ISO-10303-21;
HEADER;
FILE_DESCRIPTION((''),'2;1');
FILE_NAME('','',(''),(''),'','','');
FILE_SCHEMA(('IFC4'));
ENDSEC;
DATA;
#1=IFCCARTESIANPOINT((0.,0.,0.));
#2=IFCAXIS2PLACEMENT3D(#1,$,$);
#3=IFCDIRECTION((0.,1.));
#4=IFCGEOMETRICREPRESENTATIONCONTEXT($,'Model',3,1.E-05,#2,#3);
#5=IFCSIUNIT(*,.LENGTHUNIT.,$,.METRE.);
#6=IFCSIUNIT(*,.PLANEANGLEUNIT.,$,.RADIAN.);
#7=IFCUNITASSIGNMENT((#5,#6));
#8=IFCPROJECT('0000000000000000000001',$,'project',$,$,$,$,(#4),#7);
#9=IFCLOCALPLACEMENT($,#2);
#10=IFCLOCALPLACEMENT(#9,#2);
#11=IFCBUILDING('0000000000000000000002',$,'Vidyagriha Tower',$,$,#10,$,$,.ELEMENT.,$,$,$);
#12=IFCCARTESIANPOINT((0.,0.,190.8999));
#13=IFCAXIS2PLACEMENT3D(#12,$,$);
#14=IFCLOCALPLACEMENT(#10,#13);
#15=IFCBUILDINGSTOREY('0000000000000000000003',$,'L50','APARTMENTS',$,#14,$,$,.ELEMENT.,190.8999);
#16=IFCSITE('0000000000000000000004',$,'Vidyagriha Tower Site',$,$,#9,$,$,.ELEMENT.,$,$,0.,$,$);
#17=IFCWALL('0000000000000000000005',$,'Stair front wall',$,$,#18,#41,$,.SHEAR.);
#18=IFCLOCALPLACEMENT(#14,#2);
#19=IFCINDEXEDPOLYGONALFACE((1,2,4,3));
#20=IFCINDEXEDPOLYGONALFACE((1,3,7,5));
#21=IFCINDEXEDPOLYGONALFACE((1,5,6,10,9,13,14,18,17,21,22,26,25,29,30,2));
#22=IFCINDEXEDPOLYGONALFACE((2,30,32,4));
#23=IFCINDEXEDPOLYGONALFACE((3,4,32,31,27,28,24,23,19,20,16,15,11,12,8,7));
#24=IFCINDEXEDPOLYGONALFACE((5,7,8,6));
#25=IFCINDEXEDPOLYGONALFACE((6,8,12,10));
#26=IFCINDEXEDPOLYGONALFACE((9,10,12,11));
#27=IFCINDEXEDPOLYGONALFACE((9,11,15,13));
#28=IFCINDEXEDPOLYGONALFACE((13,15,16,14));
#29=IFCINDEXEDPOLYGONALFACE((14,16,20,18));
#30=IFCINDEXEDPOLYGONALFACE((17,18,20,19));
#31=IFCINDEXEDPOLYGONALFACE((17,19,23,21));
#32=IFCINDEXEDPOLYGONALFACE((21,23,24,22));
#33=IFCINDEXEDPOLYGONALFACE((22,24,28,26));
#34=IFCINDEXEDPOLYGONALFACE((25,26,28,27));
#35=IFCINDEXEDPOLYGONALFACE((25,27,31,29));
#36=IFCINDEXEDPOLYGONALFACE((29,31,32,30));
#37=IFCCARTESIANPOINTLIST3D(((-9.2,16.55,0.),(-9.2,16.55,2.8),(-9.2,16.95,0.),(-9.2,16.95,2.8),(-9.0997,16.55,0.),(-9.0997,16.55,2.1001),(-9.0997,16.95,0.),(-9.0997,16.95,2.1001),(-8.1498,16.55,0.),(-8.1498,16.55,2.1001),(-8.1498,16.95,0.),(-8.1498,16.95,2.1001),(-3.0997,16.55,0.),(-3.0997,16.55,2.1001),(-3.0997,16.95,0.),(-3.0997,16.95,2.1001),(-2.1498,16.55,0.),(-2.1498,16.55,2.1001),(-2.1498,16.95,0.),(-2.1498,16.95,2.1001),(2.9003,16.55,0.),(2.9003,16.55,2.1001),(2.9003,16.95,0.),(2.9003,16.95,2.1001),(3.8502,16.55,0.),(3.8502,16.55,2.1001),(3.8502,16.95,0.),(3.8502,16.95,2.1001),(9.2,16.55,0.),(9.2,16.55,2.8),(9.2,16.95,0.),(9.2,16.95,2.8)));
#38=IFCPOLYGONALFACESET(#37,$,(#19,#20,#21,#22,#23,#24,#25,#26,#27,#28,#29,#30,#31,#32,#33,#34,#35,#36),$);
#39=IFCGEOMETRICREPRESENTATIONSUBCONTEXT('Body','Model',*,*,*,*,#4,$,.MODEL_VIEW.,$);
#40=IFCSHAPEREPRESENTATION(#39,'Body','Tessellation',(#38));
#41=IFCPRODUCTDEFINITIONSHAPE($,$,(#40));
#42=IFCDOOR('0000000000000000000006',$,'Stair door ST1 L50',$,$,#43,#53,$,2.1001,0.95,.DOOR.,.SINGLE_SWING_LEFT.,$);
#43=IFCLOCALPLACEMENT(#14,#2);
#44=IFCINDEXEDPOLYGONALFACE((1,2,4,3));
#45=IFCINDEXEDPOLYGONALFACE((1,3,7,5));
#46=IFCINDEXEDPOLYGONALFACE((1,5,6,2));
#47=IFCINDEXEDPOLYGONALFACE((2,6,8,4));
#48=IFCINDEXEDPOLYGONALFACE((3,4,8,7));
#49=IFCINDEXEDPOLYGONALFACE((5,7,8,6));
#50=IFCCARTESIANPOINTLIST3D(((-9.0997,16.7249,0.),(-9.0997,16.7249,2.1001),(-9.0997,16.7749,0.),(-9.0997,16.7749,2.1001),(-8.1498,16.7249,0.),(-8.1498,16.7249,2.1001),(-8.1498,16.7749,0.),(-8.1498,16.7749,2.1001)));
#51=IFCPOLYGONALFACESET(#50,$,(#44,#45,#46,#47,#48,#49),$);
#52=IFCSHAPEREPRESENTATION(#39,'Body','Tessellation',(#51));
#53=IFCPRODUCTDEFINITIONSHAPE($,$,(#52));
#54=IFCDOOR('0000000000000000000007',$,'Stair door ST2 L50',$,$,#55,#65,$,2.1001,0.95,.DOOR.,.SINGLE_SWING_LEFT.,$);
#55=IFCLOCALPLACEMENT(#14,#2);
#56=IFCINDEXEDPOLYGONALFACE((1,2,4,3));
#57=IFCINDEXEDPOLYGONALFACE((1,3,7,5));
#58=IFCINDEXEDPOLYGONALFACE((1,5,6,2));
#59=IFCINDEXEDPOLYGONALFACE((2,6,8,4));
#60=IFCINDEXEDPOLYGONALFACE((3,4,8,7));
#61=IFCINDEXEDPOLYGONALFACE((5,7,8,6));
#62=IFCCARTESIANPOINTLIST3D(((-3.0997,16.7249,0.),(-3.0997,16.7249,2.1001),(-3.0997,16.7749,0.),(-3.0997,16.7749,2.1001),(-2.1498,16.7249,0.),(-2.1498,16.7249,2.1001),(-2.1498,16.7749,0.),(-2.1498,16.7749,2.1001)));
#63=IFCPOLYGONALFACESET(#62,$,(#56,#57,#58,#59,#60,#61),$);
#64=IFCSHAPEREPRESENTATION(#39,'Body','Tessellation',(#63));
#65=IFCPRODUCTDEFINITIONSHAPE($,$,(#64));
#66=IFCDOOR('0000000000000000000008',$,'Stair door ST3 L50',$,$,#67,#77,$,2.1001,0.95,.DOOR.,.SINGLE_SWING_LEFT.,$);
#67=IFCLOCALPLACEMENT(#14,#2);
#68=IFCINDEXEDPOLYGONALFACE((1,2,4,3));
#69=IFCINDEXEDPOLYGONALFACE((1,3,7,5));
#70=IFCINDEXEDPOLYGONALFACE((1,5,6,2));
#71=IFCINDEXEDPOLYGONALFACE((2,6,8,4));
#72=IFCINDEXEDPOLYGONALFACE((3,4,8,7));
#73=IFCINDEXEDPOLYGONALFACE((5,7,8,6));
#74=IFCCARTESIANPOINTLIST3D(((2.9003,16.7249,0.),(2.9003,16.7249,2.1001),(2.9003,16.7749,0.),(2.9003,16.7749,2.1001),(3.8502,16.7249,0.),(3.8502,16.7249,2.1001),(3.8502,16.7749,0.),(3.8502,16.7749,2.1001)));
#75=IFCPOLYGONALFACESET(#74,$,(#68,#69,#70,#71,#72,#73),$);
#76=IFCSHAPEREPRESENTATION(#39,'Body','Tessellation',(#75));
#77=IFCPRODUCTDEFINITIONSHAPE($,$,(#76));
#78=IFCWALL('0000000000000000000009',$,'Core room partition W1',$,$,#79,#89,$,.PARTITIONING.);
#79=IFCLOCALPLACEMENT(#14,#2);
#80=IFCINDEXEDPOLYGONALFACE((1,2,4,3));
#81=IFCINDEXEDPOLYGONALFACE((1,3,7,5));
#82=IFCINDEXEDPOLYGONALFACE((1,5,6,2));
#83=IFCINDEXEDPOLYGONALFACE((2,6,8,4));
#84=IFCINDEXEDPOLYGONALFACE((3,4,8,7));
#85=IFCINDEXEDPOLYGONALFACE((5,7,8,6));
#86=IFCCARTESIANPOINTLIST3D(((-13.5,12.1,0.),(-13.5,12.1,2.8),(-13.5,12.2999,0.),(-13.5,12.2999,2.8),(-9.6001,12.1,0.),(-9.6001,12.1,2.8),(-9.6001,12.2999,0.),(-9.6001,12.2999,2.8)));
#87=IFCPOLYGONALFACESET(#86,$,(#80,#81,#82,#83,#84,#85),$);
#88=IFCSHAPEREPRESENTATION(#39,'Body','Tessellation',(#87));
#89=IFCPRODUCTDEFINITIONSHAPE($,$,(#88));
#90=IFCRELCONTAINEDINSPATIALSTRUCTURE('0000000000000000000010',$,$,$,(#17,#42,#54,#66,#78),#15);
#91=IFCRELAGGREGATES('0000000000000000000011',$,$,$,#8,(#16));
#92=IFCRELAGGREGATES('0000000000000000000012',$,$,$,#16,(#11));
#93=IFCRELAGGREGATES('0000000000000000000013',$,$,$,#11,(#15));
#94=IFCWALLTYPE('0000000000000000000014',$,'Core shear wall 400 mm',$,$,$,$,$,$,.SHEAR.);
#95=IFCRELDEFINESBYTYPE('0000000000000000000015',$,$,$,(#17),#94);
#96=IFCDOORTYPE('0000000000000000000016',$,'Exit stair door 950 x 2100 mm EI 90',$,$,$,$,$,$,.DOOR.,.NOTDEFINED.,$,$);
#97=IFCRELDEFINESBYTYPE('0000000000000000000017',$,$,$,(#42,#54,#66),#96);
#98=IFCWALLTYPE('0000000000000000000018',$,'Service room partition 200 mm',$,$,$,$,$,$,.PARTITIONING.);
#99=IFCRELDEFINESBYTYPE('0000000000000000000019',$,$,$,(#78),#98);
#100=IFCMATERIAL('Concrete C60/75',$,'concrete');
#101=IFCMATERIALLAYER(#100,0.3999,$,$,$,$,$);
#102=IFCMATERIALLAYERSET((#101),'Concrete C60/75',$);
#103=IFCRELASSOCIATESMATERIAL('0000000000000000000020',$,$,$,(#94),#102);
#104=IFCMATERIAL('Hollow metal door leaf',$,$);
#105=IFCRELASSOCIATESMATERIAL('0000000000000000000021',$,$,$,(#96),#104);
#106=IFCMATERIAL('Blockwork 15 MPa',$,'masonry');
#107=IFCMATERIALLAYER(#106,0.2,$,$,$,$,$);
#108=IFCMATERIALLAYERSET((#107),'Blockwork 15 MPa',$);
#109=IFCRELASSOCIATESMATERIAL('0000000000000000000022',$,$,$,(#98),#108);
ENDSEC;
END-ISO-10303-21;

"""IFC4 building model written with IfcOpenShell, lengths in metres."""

from ifc_helpers import new_model, si_unit, direction, frame, frame_2d, origin, place, context, subcontext, project, spatial, rectangle, extrude, material, layer, layer_set, type_object, element, fill, save


model = new_model("IFC4")

# Units and contexts
model_context = context("Model", 3, precision=1e-05, world=origin(), true_north=direction((0.0, 1.0)))
body_context = subcontext(model_context, "Body", "Model", "MODEL_VIEW")
ifc_project = project(units=[si_unit("LENGTHUNIT", "METRE"), si_unit("PLANEANGLEUNIT", "RADIAN")], contexts=[model_context])

# Site, building, storey
site_placement = place(None, origin())
site = spatial("IfcSite", under=ifc_project, at=site_placement, Name="Vidyagriha Tower Site", CompositionType="ELEMENT", RefElevation=0.0)
building_placement = place(site_placement, origin())
building = spatial("IfcBuilding", under=site, at=building_placement, Name="Vidyagriha Tower", CompositionType="ELEMENT")
storey_placement = place(building_placement, frame((0.0, 0.0, 190.8999)))
storey = spatial("IfcBuildingStorey", under=building, at=storey_placement, Name="L50", Description="APARTMENTS", CompositionType="ELEMENT", Elevation=190.8999)

# Shared definitions
ifc_material_1 = material(Name="Concrete C60/75", Category="concrete")
ifc_layer_1 = layer(ifc_material_1, 0.3999)
ifc_layer_set_1 = layer_set([ifc_layer_1], Name="Concrete C60/75")
wall_type_1 = type_object("IfcWallType", Name="Core shear wall 400 mm", PredefinedType="SHEAR", material=ifc_layer_set_1)

# Wall, openings, doors
wall_1_placement = place(storey_placement, frame((-9.2, 16.75, 0.0)))
wall_1 = element("IfcWall", 1, at=wall_1_placement, inside=storey, type_object=wall_type_1, Name="Stair front wall", PredefinedType="SHEAR", context=body_context, shape_type="SweptSolid", body=[
    extrude(rectangle(XDim=18.3999, YDim=0.3999, at=frame_2d((9.2, 0.0))), origin(), (0.0, 0.0, 1.0), 2.8),
])
opening_1_placement = place(wall_1_placement, frame((0.1001, 0.0, 0.0)))
opening_1 = element("IfcOpeningElement", 2, at=opening_1_placement, cuts=wall_1, PredefinedType="OPENING", context=body_context, shape_type="SweptSolid", body=[
    extrude(rectangle(XDim=0.95, YDim=2.1001, at=frame_2d((0.4751, 1.05))), frame((0.0, 0.21, 0.0), z_axis=(0.0, -1.0, 0.0), x_axis=(1.0, 0.0, 0.0)), (0.0, 0.0, 1.0), 0.4199),
])
opening_2_placement = place(wall_1_placement, frame((6.1001, 0.0, 0.0)))
opening_2 = element("IfcOpeningElement", 3, at=opening_2_placement, cuts=wall_1, PredefinedType="OPENING", context=body_context, shape_type="SweptSolid", body=[
    extrude(rectangle(XDim=0.95, YDim=2.1001, at=frame_2d((0.4751, 1.05))), frame((0.0, 0.21, 0.0), z_axis=(0.0, -1.0, 0.0), x_axis=(1.0, 0.0, 0.0)), (0.0, 0.0, 1.0), 0.4199),
])
opening_3_placement = place(wall_1_placement, frame((12.1001, 0.0, 0.0)))
opening_3 = element("IfcOpeningElement", 4, at=opening_3_placement, cuts=wall_1, PredefinedType="OPENING", context=body_context, shape_type="SweptSolid", body=[
    extrude(rectangle(XDim=0.95, YDim=2.1001, at=frame_2d((0.4751, 1.05))), frame((0.0, 0.21, 0.0), z_axis=(0.0, -1.0, 0.0), x_axis=(1.0, 0.0, 0.0)), (0.0, 0.0, 1.0), 0.4199),
])
ifc_material_2 = material(Name="Hollow metal door leaf")
door_type_1 = type_object("IfcDoorType", Name="Exit stair door 950 x 2100 mm EI 90", OperationType="NOTDEFINED", PredefinedType="DOOR", material=ifc_material_2)
door_1_placement = place(opening_1_placement, origin())
door_1 = element("IfcDoor", 5, at=door_1_placement, inside=storey, type_object=door_type_1, Name="Stair door ST1 L50", OperationType="SINGLE_SWING_LEFT", OverallHeight=2.1001, OverallWidth=0.95, PredefinedType="DOOR", context=body_context, shape_type="SweptSolid", body=[
    extrude(rectangle(XDim=0.95, YDim=2.1001, at=frame_2d((0.4751, 1.05))), frame((0.0, 0.0249, 0.0), z_axis=(0.0, -1.0, 0.0), x_axis=(1.0, 0.0, 0.0)), (0.0, 0.0, 1.0), 0.05),
])
fill(opening_1, door_1)
door_2_placement = place(opening_2_placement, origin())
door_2 = element("IfcDoor", 6, at=door_2_placement, inside=storey, type_object=door_type_1, Name="Stair door ST2 L50", OperationType="SINGLE_SWING_LEFT", OverallHeight=2.1001, OverallWidth=0.95, PredefinedType="DOOR", context=body_context, shape_type="SweptSolid", body=[
    extrude(rectangle(XDim=0.95, YDim=2.1001, at=frame_2d((0.4751, 1.05))), frame((0.0, 0.0249, 0.0), z_axis=(0.0, -1.0, 0.0), x_axis=(1.0, 0.0, 0.0)), (0.0, 0.0, 1.0), 0.05),
])
fill(opening_2, door_2)
door_3_placement = place(opening_3_placement, origin())
door_3 = element("IfcDoor", 7, at=door_3_placement, inside=storey, type_object=door_type_1, Name="Stair door ST3 L50", OperationType="SINGLE_SWING_LEFT", OverallHeight=2.1001, OverallWidth=0.95, PredefinedType="DOOR", context=body_context, shape_type="SweptSolid", body=[
    extrude(rectangle(XDim=0.95, YDim=2.1001, at=frame_2d((0.4751, 1.05))), frame((0.0, 0.0249, 0.0), z_axis=(0.0, -1.0, 0.0), x_axis=(1.0, 0.0, 0.0)), (0.0, 0.0, 1.0), 0.05),
])
fill(opening_3, door_3)

# Wall
ifc_material_3 = material(Name="Blockwork 15 MPa", Category="masonry")
ifc_layer_2 = layer(ifc_material_3, 0.2)
ifc_layer_set_2 = layer_set([ifc_layer_2], Name="Blockwork 15 MPa")
wall_type_2 = type_object("IfcWallType", Name="Service room partition 200 mm", PredefinedType="PARTITIONING", material=ifc_layer_set_2)
wall_2_placement = place(storey_placement, frame((-13.5, 12.2, 0.0)))
element("IfcWall", 8, at=wall_2_placement, inside=storey, type_object=wall_type_2, Name="Core room partition W1", PredefinedType="PARTITIONING", context=body_context, shape_type="SweptSolid", body=[
    extrude(rectangle(XDim=3.8999, YDim=0.2, at=frame_2d((1.95, 0.0))), origin(), (0.0, 0.0, 1.0), 2.8),
])

save(model, "model.ifc")
